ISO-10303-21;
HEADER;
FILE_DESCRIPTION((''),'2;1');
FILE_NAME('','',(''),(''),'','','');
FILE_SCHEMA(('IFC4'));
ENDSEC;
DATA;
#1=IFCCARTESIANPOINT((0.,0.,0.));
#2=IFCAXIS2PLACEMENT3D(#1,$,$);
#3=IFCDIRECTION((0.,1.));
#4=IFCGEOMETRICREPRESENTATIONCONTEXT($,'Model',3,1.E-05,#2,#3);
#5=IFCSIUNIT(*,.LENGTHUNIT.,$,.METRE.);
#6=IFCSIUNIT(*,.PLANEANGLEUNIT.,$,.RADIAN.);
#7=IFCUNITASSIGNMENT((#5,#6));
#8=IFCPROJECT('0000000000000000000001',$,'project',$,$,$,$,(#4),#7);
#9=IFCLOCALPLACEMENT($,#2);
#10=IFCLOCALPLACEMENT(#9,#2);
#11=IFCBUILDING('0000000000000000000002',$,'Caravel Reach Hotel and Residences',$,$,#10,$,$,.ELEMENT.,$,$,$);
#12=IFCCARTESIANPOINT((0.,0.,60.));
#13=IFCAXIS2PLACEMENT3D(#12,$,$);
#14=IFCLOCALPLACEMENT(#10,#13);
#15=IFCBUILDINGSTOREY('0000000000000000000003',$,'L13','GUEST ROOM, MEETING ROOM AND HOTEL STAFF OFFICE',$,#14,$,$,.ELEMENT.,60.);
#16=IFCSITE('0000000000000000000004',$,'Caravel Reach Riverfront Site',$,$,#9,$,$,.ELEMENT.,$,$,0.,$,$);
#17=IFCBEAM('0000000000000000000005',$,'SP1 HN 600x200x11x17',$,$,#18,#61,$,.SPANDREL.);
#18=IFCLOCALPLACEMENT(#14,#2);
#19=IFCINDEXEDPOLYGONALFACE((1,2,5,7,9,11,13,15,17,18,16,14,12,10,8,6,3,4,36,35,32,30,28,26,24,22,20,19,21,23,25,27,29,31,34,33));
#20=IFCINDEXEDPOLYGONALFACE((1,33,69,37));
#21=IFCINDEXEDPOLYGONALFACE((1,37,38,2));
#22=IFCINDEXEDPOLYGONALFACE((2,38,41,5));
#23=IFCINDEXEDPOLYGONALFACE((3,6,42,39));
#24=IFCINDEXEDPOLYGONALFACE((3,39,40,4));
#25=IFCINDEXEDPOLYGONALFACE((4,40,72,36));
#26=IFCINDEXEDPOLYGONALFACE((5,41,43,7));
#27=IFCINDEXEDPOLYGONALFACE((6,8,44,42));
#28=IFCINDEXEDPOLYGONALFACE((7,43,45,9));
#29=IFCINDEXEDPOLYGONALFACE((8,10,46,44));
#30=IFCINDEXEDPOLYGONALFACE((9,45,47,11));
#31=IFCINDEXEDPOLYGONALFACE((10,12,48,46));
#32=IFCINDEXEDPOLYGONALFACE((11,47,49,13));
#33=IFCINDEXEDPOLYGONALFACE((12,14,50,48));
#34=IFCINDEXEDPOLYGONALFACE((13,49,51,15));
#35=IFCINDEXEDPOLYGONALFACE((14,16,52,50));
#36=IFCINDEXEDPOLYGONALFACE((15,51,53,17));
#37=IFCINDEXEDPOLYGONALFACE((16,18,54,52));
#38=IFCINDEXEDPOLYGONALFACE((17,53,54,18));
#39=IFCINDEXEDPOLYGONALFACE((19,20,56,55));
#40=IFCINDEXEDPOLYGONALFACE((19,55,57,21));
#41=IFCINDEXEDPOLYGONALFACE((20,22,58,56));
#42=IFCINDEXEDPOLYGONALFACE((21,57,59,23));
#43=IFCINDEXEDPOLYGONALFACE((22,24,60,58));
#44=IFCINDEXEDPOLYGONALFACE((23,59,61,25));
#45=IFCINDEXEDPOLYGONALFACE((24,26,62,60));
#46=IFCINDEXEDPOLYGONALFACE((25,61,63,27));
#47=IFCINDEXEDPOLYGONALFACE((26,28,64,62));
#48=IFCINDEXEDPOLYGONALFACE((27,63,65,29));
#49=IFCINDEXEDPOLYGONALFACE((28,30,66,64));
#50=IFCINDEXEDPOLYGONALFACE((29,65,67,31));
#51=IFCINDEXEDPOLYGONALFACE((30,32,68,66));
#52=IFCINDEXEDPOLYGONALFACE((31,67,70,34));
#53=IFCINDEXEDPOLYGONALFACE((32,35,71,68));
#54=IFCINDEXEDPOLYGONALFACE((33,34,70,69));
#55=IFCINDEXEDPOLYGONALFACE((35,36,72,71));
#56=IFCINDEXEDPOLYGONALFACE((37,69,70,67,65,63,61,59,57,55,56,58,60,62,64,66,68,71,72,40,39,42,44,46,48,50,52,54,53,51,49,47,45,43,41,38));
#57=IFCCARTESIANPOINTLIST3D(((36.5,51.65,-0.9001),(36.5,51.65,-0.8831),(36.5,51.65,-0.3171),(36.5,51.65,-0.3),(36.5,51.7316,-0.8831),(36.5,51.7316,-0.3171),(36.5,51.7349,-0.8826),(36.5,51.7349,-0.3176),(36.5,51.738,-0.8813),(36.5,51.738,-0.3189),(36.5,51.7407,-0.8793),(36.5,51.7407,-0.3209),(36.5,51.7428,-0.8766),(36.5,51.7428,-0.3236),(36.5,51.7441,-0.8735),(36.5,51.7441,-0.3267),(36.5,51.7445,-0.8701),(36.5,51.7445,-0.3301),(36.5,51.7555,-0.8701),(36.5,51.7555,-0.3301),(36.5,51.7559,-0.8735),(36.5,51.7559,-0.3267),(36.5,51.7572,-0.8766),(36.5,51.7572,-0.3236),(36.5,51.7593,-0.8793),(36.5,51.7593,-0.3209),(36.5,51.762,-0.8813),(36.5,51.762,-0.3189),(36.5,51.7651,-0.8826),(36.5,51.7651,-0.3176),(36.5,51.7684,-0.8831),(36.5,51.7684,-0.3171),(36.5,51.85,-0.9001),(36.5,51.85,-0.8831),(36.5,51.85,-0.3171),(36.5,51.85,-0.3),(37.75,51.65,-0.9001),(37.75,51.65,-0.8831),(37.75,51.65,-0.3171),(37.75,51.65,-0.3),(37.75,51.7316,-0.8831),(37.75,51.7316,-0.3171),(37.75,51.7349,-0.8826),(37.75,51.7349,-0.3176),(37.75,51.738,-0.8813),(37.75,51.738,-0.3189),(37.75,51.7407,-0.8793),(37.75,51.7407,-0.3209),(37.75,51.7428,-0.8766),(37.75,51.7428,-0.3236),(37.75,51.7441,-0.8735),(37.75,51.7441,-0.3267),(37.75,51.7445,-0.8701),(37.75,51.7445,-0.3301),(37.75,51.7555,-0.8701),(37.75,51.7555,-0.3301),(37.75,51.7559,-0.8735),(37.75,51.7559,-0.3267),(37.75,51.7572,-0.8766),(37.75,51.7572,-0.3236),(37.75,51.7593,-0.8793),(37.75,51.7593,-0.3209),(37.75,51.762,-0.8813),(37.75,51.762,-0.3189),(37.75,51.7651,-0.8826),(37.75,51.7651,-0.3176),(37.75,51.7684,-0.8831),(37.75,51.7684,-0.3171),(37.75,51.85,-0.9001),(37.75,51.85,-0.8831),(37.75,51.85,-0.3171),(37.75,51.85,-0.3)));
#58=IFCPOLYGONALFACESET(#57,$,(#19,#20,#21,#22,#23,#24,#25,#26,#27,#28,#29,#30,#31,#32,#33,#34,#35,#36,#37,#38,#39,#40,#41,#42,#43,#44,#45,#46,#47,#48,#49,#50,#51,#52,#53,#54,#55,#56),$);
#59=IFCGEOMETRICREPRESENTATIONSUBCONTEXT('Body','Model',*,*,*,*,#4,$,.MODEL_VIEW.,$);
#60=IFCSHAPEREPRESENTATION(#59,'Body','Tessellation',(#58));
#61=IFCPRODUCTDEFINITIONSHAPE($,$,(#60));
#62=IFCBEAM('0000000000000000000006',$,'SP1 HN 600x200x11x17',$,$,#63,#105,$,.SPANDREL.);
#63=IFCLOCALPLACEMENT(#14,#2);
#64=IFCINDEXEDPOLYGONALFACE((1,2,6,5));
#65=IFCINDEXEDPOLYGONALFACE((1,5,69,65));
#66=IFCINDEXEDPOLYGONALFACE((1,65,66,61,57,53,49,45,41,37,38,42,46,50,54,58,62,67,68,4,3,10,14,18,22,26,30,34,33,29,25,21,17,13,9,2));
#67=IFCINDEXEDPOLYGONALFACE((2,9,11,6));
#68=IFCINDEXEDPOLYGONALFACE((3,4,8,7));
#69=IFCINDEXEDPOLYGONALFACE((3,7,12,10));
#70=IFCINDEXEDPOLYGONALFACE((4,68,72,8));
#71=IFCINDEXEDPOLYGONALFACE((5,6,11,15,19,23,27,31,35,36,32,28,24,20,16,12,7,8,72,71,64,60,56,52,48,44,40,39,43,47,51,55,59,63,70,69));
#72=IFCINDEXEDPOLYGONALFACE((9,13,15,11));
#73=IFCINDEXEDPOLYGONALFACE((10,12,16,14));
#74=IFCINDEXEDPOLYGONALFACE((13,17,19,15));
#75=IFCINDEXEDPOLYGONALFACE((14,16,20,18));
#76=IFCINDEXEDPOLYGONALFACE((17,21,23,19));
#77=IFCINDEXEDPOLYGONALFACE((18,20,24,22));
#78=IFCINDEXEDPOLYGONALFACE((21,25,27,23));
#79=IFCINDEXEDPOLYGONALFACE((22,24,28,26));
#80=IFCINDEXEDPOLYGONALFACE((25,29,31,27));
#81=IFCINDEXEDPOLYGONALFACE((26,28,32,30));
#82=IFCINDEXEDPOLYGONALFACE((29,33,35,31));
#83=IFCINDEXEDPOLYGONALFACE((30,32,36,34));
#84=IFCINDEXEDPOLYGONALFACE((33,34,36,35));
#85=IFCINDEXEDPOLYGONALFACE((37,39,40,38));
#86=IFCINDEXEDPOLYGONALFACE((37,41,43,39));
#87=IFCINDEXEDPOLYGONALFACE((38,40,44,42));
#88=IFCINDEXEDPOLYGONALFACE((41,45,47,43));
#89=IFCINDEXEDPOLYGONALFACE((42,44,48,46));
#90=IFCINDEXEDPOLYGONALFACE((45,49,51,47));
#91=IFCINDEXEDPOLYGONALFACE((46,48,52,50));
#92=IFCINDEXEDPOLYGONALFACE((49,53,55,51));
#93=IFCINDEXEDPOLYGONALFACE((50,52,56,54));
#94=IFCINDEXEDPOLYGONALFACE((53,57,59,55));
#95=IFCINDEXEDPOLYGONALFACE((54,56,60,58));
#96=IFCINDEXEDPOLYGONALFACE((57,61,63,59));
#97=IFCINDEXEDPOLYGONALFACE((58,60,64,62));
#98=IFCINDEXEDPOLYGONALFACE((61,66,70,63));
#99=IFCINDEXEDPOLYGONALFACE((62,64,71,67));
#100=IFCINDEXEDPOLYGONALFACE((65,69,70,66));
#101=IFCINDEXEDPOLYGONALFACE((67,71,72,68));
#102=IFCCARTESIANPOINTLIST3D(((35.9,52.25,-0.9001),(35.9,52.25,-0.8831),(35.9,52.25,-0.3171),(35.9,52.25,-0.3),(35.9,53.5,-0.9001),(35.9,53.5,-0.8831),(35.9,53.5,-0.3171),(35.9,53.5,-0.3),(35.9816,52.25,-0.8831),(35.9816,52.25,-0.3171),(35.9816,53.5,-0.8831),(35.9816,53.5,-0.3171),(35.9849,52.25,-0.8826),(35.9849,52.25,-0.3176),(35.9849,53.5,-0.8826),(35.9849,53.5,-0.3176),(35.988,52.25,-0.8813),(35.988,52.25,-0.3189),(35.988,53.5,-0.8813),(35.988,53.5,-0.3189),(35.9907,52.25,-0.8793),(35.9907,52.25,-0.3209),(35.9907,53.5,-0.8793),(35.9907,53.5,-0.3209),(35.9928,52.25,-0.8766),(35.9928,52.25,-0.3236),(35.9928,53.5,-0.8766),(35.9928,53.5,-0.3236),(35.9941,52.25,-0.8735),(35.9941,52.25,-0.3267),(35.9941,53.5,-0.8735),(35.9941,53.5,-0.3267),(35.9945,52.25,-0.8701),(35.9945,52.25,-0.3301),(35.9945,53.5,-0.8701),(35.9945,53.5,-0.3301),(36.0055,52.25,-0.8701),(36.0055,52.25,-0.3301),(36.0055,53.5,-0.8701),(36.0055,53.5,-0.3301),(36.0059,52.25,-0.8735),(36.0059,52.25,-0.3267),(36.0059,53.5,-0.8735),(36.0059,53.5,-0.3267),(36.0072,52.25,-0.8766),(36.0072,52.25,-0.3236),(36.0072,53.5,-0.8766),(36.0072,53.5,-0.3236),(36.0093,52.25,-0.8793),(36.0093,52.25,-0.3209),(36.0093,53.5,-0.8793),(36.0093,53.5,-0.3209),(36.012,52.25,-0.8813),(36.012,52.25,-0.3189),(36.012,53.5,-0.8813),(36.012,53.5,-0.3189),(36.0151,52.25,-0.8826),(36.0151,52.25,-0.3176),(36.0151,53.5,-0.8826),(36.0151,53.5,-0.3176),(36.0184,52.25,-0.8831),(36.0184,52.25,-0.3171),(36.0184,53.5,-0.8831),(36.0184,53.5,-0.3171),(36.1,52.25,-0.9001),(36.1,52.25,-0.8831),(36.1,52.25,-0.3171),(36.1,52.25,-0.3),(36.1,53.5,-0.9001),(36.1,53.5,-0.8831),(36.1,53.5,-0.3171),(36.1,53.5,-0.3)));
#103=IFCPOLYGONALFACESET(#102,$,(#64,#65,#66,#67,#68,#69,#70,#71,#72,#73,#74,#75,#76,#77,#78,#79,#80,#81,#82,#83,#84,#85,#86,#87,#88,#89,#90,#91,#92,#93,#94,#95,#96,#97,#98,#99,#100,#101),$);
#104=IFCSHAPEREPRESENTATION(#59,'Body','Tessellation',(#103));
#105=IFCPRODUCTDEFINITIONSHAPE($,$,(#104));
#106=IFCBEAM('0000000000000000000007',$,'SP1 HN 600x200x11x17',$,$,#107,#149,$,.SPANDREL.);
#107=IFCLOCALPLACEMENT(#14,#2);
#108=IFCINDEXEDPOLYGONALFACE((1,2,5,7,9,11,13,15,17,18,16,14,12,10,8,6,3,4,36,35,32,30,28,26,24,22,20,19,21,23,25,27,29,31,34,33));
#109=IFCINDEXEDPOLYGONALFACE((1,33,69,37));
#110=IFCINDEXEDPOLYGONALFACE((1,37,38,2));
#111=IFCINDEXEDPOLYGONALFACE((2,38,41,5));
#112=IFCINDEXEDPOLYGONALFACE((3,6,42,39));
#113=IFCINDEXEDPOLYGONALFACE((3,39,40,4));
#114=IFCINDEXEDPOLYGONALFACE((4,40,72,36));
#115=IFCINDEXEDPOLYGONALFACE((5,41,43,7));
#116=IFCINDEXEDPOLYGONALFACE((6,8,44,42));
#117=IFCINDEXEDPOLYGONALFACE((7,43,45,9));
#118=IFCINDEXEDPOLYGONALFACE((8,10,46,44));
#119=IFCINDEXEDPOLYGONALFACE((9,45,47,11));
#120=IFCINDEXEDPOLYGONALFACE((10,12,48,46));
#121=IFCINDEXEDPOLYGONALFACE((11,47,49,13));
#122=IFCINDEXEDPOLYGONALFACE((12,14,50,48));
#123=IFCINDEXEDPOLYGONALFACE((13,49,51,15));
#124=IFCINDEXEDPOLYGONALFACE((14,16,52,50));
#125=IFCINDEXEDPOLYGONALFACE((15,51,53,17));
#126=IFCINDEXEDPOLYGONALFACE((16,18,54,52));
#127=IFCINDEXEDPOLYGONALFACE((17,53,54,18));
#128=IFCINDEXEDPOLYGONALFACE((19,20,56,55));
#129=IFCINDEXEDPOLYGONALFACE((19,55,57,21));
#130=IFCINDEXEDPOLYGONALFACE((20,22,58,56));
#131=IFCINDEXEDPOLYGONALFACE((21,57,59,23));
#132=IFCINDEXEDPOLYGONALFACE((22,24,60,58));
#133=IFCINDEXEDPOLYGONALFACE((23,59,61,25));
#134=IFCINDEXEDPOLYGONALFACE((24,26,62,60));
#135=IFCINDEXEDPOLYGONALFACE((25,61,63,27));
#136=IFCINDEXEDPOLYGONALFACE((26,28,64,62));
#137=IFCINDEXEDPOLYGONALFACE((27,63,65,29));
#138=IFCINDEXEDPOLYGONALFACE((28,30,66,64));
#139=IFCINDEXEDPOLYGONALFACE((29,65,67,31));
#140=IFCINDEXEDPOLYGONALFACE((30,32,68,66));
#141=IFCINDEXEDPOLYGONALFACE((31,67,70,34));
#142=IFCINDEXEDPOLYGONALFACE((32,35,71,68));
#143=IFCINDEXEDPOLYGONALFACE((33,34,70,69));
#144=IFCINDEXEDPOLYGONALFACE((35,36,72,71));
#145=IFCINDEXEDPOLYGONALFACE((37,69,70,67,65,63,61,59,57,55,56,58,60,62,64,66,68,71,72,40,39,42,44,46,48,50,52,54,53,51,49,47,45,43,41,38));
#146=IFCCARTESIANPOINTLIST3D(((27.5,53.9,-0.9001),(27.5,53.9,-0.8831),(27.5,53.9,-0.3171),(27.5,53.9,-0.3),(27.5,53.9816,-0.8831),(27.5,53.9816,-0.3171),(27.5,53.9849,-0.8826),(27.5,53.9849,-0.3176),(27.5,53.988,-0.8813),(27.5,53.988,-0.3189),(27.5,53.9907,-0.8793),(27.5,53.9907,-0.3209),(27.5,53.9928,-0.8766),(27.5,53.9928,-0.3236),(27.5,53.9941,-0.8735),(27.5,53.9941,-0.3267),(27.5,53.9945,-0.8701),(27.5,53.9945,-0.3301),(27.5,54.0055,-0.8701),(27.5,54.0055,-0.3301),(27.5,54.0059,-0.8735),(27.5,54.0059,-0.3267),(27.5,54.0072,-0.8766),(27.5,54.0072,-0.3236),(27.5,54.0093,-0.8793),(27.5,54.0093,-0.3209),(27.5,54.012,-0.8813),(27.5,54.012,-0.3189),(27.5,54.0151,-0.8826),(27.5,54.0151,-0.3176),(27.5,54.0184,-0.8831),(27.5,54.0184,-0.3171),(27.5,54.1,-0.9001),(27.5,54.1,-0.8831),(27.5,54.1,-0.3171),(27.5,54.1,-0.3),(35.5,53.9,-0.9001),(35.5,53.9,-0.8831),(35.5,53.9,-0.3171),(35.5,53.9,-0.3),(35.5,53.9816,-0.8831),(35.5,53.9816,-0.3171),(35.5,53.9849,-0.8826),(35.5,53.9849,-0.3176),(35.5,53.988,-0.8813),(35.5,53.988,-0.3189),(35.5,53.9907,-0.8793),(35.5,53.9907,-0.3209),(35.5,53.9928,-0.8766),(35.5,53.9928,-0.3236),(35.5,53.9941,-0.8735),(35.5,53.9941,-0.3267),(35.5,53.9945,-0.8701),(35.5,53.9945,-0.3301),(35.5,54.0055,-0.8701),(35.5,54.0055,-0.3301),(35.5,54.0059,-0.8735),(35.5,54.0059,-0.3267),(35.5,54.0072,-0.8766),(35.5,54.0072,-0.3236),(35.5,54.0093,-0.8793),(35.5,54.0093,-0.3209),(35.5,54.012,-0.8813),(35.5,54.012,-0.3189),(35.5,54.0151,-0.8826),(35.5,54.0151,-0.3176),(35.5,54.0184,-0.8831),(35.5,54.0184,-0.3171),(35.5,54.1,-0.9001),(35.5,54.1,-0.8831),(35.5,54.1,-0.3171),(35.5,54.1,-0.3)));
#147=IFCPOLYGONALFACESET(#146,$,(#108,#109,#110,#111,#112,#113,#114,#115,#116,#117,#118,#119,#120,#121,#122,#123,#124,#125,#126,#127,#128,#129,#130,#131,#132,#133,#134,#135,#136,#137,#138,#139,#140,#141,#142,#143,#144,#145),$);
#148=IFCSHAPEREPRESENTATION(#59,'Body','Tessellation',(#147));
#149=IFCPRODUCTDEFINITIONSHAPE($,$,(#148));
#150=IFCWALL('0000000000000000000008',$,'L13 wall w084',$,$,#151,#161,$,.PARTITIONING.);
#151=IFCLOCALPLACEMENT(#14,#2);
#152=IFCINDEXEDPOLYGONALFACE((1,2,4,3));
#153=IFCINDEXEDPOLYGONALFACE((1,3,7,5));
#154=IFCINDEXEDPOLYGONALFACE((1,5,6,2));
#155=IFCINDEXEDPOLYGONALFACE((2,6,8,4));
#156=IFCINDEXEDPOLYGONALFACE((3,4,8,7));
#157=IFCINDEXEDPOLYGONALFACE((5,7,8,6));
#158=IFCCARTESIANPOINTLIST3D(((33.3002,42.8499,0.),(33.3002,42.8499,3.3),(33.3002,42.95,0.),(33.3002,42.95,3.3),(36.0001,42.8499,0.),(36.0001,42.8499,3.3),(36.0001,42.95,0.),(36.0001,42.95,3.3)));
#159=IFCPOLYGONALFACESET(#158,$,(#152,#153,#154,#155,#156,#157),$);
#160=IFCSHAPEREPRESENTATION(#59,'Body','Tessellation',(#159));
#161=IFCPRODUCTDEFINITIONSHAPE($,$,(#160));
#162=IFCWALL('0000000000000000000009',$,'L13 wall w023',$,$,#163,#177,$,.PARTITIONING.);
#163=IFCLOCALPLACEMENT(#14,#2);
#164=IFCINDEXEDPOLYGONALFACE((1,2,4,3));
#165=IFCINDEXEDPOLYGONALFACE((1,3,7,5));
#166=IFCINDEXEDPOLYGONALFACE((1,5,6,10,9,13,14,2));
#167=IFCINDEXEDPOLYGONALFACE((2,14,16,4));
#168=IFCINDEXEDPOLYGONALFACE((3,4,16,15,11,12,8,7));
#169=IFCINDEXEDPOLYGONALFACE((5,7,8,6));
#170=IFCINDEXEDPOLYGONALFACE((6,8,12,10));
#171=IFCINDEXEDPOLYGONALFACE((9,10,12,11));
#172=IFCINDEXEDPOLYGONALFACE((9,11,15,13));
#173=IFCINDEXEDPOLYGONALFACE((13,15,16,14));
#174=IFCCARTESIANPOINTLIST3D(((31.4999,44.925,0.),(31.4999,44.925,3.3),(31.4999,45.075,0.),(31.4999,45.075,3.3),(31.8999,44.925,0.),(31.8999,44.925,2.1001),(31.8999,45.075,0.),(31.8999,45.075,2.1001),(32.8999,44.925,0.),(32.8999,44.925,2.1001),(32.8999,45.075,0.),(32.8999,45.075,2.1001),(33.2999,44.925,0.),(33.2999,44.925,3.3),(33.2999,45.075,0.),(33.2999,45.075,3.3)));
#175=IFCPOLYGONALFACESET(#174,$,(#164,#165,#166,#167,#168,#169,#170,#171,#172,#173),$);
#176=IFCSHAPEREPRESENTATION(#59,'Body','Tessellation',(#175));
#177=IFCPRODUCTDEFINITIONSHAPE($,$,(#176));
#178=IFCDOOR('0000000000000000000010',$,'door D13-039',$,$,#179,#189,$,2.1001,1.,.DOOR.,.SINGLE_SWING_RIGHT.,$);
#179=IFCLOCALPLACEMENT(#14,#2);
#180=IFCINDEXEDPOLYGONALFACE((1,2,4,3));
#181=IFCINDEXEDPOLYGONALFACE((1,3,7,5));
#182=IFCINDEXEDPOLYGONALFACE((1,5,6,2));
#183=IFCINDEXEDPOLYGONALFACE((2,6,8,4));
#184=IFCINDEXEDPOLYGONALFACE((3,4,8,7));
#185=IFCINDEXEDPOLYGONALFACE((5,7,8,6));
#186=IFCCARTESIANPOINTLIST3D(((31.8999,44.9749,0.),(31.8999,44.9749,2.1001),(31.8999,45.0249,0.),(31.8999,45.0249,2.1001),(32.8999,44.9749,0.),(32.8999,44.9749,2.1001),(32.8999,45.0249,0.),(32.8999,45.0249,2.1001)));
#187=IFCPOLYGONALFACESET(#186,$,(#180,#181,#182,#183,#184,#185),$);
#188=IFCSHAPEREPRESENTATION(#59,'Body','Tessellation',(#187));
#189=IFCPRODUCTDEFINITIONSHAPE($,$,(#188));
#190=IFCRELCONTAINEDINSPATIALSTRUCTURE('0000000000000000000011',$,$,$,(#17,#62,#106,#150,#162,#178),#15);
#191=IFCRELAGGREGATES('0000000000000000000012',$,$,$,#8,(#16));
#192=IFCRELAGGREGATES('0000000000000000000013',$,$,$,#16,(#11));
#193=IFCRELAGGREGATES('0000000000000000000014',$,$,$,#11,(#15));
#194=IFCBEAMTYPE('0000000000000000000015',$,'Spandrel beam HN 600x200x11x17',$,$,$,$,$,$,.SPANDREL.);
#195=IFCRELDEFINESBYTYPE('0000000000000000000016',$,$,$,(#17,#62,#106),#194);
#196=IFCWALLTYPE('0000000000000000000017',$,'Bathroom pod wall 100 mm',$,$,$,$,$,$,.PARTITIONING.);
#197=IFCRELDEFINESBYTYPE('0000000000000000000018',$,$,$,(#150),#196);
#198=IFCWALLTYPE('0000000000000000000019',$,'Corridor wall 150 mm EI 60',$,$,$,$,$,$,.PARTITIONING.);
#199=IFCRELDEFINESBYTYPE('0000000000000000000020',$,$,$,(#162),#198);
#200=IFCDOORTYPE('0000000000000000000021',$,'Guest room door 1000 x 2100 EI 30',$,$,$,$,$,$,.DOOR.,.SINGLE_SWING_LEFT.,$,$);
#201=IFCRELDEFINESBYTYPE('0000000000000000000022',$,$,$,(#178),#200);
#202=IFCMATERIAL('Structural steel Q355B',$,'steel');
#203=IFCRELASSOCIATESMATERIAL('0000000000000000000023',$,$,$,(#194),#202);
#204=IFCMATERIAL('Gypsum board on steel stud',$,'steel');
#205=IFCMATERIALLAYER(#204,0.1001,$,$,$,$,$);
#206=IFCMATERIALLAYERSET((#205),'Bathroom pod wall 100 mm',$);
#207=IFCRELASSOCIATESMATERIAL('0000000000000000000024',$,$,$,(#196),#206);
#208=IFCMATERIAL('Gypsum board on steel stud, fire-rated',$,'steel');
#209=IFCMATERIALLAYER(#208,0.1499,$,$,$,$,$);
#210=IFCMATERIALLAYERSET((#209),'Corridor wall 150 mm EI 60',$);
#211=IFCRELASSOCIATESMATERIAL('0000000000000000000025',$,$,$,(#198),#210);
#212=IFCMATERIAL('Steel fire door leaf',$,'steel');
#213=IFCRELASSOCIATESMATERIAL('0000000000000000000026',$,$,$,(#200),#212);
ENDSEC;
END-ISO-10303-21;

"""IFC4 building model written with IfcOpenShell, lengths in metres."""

from ifc_helpers import new_model, si_unit, direction, frame, frame_2d, origin, origin_2d, place, context, subcontext, project, spatial, rectangle, i_section, extrude, material, layer, layer_set, material_profile, profile_set, type_object, element, fill, save


model = new_model("IFC4")

# Units and contexts
model_context = context("Model", 3, precision=1e-05, world=origin(), true_north=direction((0.0, 1.0)))
body_context = subcontext(model_context, "Body", "Model", "MODEL_VIEW")
ifc_project = project(units=[si_unit("LENGTHUNIT", "METRE"), si_unit("PLANEANGLEUNIT", "RADIAN")], contexts=[model_context])

# Site, building, storey
site_placement = place(None, origin())
site = spatial("IfcSite", under=ifc_project, at=site_placement, Name="Caravel Reach Riverfront Site", CompositionType="ELEMENT", RefElevation=0.0)
building_placement = place(site_placement, origin())
building = spatial("IfcBuilding", under=site, at=building_placement, Name="Caravel Reach Hotel and Residences", CompositionType="ELEMENT")
storey_placement = place(building_placement, frame((0.0, 0.0, 60.0)))
storey = spatial("IfcBuildingStorey", under=building, at=storey_placement, Name="L13", Description="GUEST ROOM, MEETING ROOM AND HOTEL STAFF OFFICE", CompositionType="ELEMENT", Elevation=60.0)

# Beams
ifc_material_1 = material(Name="Structural steel Q355B", Category="steel")
ifc_material_profile_1 = material_profile(ifc_material_1, i_section(OverallWidth=0.2, OverallDepth=0.6001, WebThickness=0.011, FlangeThickness=0.0171, FilletRadius=0.0129, at=origin_2d()), Name="HN 600x200x11x17")
ifc_profile_set_1 = profile_set([ifc_material_profile_1], Name="Structural steel Q355B")
beam_type = type_object("IfcBeamType", Name="Spandrel beam HN 600x200x11x17", PredefinedType="SPANDREL", material=ifc_profile_set_1)
for number, where, z_axis, x_axis, name in (
    (1, (37.75, 51.75, -0.6001), (-1.0, 0.0, 0.0), (0.0, -1.0, 0.0), "SP1 HN 600x200x11x17"),
    (2, (36.0, 52.25, -0.6001), (0.0, 1.0, 0.0), (-1.0, 0.0, 0.0), "SP1 HN 600x200x11x17"),
):
    element("IfcBeam", number, at=place(storey_placement, frame(where, z_axis=z_axis, x_axis=x_axis)), inside=storey, type_object=beam_type, Name=name, PredefinedType="SPANDREL", context=body_context, shape_type="SweptSolid", body=[
        extrude(i_section(OverallWidth=0.2, OverallDepth=0.6001, WebThickness=0.011, FlangeThickness=0.0171, FilletRadius=0.0129, at=origin_2d()), origin(), (0.0, 0.0, 1.0), 1.25),
    ])
beam_placement = place(storey_placement, frame((35.5, 54.0, -0.6001), z_axis=(-1.0, 0.0, 0.0), x_axis=(0.0, -1.0, 0.0)))
element("IfcBeam", 3, at=beam_placement, inside=storey, type_object=beam_type, Name="SP1 HN 600x200x11x17", PredefinedType="SPANDREL", context=body_context, shape_type="SweptSolid", body=[
    extrude(i_section(OverallWidth=0.2, OverallDepth=0.6001, WebThickness=0.011, FlangeThickness=0.0171, FilletRadius=0.0129, at=origin_2d()), origin(), (0.0, 0.0, 1.0), 8.0),
])

# Wall
ifc_material_2 = material(Name="Gypsum board on steel stud", Category="steel")
ifc_layer_1 = layer(ifc_material_2, 0.1001)
ifc_layer_set_1 = layer_set([ifc_layer_1], Name="Bathroom pod wall 100 mm")
wall_type_1 = type_object("IfcWallType", Name="Bathroom pod wall 100 mm", PredefinedType="PARTITIONING", material=ifc_layer_set_1)
wall_1_placement = place(storey_placement, frame((33.3, 42.8999, 0.0), z_axis=(0.0, 0.0, 1.0), x_axis=(1.0, 0.0, 0.0)))
element("IfcWall", 4, at=wall_1_placement, inside=storey, type_object=wall_type_1, Name="L13 wall w084", PredefinedType="PARTITIONING", context=body_context, shape_type="SweptSolid", body=[
    extrude(rectangle(XDim=2.7, YDim=0.1001, at=frame_2d((1.3501, 0.0))), origin(), (0.0, 0.0, 1.0), 3.3),
])

# Wall, opening, door
ifc_material_3 = material(Name="Gypsum board on steel stud, fire-rated", Category="steel")
ifc_layer_2 = layer(ifc_material_3, 0.1499)
ifc_layer_set_2 = layer_set([ifc_layer_2], Name="Corridor wall 150 mm EI 60")
wall_type_2 = type_object("IfcWallType", Name="Corridor wall 150 mm EI 60", PredefinedType="PARTITIONING", material=ifc_layer_set_2)
wall_2_placement = place(storey_placement, frame((31.5, 45.0, 0.0), z_axis=(0.0, 0.0, 1.0), x_axis=(1.0, 0.0, 0.0)))
wall_2 = element("IfcWall", 5, at=wall_2_placement, inside=storey, type_object=wall_type_2, Name="L13 wall w023", PredefinedType="PARTITIONING", context=body_context, shape_type="SweptSolid", body=[
    extrude(rectangle(XDim=1.8, YDim=0.1499, at=frame_2d((0.8999, 0.0))), origin(), (0.0, 0.0, 1.0), 3.3),
])
opening_1_placement = place(wall_2_placement, frame((0.3999, 0.0, 0.0)))
opening_1 = element("IfcOpeningElement", 6, at=opening_1_placement, cuts=wall_2, PredefinedType="OPENING", context=body_context, shape_type="SweptSolid", body=[
    extrude(rectangle(XDim=1.0, YDim=2.1001, at=frame_2d((0.5, 1.05))), frame((0.0, 0.085, 0.0), z_axis=(0.0, -1.0, 0.0), x_axis=(1.0, 0.0, 0.0)), (0.0, 0.0, 1.0), 0.1699),
])
ifc_material_4 = material(Name="Steel fire door leaf", Category="steel")
door_type = type_object("IfcDoorType", Name="Guest room door 1000 x 2100 EI 30", OperationType="SINGLE_SWING_LEFT", PredefinedType="DOOR", material=ifc_material_4)
door_placement = place(opening_1_placement, origin())
door = element("IfcDoor", 7, at=door_placement, inside=storey, type_object=door_type, Name="door D13-039", OperationType="SINGLE_SWING_RIGHT", OverallHeight=2.1001, OverallWidth=1.0, PredefinedType="DOOR", context=body_context, shape_type="SweptSolid", body=[
    extrude(rectangle(XDim=1.0, YDim=2.1001, at=frame_2d((0.5, 1.05))), frame((0.0, 0.0249, 0.0), z_axis=(0.0, -1.0, 0.0), x_axis=(1.0, 0.0, 0.0)), (0.0, 0.0, 1.0), 0.05),
])
fill(opening_1, door)

save(model, "model.ifc")
